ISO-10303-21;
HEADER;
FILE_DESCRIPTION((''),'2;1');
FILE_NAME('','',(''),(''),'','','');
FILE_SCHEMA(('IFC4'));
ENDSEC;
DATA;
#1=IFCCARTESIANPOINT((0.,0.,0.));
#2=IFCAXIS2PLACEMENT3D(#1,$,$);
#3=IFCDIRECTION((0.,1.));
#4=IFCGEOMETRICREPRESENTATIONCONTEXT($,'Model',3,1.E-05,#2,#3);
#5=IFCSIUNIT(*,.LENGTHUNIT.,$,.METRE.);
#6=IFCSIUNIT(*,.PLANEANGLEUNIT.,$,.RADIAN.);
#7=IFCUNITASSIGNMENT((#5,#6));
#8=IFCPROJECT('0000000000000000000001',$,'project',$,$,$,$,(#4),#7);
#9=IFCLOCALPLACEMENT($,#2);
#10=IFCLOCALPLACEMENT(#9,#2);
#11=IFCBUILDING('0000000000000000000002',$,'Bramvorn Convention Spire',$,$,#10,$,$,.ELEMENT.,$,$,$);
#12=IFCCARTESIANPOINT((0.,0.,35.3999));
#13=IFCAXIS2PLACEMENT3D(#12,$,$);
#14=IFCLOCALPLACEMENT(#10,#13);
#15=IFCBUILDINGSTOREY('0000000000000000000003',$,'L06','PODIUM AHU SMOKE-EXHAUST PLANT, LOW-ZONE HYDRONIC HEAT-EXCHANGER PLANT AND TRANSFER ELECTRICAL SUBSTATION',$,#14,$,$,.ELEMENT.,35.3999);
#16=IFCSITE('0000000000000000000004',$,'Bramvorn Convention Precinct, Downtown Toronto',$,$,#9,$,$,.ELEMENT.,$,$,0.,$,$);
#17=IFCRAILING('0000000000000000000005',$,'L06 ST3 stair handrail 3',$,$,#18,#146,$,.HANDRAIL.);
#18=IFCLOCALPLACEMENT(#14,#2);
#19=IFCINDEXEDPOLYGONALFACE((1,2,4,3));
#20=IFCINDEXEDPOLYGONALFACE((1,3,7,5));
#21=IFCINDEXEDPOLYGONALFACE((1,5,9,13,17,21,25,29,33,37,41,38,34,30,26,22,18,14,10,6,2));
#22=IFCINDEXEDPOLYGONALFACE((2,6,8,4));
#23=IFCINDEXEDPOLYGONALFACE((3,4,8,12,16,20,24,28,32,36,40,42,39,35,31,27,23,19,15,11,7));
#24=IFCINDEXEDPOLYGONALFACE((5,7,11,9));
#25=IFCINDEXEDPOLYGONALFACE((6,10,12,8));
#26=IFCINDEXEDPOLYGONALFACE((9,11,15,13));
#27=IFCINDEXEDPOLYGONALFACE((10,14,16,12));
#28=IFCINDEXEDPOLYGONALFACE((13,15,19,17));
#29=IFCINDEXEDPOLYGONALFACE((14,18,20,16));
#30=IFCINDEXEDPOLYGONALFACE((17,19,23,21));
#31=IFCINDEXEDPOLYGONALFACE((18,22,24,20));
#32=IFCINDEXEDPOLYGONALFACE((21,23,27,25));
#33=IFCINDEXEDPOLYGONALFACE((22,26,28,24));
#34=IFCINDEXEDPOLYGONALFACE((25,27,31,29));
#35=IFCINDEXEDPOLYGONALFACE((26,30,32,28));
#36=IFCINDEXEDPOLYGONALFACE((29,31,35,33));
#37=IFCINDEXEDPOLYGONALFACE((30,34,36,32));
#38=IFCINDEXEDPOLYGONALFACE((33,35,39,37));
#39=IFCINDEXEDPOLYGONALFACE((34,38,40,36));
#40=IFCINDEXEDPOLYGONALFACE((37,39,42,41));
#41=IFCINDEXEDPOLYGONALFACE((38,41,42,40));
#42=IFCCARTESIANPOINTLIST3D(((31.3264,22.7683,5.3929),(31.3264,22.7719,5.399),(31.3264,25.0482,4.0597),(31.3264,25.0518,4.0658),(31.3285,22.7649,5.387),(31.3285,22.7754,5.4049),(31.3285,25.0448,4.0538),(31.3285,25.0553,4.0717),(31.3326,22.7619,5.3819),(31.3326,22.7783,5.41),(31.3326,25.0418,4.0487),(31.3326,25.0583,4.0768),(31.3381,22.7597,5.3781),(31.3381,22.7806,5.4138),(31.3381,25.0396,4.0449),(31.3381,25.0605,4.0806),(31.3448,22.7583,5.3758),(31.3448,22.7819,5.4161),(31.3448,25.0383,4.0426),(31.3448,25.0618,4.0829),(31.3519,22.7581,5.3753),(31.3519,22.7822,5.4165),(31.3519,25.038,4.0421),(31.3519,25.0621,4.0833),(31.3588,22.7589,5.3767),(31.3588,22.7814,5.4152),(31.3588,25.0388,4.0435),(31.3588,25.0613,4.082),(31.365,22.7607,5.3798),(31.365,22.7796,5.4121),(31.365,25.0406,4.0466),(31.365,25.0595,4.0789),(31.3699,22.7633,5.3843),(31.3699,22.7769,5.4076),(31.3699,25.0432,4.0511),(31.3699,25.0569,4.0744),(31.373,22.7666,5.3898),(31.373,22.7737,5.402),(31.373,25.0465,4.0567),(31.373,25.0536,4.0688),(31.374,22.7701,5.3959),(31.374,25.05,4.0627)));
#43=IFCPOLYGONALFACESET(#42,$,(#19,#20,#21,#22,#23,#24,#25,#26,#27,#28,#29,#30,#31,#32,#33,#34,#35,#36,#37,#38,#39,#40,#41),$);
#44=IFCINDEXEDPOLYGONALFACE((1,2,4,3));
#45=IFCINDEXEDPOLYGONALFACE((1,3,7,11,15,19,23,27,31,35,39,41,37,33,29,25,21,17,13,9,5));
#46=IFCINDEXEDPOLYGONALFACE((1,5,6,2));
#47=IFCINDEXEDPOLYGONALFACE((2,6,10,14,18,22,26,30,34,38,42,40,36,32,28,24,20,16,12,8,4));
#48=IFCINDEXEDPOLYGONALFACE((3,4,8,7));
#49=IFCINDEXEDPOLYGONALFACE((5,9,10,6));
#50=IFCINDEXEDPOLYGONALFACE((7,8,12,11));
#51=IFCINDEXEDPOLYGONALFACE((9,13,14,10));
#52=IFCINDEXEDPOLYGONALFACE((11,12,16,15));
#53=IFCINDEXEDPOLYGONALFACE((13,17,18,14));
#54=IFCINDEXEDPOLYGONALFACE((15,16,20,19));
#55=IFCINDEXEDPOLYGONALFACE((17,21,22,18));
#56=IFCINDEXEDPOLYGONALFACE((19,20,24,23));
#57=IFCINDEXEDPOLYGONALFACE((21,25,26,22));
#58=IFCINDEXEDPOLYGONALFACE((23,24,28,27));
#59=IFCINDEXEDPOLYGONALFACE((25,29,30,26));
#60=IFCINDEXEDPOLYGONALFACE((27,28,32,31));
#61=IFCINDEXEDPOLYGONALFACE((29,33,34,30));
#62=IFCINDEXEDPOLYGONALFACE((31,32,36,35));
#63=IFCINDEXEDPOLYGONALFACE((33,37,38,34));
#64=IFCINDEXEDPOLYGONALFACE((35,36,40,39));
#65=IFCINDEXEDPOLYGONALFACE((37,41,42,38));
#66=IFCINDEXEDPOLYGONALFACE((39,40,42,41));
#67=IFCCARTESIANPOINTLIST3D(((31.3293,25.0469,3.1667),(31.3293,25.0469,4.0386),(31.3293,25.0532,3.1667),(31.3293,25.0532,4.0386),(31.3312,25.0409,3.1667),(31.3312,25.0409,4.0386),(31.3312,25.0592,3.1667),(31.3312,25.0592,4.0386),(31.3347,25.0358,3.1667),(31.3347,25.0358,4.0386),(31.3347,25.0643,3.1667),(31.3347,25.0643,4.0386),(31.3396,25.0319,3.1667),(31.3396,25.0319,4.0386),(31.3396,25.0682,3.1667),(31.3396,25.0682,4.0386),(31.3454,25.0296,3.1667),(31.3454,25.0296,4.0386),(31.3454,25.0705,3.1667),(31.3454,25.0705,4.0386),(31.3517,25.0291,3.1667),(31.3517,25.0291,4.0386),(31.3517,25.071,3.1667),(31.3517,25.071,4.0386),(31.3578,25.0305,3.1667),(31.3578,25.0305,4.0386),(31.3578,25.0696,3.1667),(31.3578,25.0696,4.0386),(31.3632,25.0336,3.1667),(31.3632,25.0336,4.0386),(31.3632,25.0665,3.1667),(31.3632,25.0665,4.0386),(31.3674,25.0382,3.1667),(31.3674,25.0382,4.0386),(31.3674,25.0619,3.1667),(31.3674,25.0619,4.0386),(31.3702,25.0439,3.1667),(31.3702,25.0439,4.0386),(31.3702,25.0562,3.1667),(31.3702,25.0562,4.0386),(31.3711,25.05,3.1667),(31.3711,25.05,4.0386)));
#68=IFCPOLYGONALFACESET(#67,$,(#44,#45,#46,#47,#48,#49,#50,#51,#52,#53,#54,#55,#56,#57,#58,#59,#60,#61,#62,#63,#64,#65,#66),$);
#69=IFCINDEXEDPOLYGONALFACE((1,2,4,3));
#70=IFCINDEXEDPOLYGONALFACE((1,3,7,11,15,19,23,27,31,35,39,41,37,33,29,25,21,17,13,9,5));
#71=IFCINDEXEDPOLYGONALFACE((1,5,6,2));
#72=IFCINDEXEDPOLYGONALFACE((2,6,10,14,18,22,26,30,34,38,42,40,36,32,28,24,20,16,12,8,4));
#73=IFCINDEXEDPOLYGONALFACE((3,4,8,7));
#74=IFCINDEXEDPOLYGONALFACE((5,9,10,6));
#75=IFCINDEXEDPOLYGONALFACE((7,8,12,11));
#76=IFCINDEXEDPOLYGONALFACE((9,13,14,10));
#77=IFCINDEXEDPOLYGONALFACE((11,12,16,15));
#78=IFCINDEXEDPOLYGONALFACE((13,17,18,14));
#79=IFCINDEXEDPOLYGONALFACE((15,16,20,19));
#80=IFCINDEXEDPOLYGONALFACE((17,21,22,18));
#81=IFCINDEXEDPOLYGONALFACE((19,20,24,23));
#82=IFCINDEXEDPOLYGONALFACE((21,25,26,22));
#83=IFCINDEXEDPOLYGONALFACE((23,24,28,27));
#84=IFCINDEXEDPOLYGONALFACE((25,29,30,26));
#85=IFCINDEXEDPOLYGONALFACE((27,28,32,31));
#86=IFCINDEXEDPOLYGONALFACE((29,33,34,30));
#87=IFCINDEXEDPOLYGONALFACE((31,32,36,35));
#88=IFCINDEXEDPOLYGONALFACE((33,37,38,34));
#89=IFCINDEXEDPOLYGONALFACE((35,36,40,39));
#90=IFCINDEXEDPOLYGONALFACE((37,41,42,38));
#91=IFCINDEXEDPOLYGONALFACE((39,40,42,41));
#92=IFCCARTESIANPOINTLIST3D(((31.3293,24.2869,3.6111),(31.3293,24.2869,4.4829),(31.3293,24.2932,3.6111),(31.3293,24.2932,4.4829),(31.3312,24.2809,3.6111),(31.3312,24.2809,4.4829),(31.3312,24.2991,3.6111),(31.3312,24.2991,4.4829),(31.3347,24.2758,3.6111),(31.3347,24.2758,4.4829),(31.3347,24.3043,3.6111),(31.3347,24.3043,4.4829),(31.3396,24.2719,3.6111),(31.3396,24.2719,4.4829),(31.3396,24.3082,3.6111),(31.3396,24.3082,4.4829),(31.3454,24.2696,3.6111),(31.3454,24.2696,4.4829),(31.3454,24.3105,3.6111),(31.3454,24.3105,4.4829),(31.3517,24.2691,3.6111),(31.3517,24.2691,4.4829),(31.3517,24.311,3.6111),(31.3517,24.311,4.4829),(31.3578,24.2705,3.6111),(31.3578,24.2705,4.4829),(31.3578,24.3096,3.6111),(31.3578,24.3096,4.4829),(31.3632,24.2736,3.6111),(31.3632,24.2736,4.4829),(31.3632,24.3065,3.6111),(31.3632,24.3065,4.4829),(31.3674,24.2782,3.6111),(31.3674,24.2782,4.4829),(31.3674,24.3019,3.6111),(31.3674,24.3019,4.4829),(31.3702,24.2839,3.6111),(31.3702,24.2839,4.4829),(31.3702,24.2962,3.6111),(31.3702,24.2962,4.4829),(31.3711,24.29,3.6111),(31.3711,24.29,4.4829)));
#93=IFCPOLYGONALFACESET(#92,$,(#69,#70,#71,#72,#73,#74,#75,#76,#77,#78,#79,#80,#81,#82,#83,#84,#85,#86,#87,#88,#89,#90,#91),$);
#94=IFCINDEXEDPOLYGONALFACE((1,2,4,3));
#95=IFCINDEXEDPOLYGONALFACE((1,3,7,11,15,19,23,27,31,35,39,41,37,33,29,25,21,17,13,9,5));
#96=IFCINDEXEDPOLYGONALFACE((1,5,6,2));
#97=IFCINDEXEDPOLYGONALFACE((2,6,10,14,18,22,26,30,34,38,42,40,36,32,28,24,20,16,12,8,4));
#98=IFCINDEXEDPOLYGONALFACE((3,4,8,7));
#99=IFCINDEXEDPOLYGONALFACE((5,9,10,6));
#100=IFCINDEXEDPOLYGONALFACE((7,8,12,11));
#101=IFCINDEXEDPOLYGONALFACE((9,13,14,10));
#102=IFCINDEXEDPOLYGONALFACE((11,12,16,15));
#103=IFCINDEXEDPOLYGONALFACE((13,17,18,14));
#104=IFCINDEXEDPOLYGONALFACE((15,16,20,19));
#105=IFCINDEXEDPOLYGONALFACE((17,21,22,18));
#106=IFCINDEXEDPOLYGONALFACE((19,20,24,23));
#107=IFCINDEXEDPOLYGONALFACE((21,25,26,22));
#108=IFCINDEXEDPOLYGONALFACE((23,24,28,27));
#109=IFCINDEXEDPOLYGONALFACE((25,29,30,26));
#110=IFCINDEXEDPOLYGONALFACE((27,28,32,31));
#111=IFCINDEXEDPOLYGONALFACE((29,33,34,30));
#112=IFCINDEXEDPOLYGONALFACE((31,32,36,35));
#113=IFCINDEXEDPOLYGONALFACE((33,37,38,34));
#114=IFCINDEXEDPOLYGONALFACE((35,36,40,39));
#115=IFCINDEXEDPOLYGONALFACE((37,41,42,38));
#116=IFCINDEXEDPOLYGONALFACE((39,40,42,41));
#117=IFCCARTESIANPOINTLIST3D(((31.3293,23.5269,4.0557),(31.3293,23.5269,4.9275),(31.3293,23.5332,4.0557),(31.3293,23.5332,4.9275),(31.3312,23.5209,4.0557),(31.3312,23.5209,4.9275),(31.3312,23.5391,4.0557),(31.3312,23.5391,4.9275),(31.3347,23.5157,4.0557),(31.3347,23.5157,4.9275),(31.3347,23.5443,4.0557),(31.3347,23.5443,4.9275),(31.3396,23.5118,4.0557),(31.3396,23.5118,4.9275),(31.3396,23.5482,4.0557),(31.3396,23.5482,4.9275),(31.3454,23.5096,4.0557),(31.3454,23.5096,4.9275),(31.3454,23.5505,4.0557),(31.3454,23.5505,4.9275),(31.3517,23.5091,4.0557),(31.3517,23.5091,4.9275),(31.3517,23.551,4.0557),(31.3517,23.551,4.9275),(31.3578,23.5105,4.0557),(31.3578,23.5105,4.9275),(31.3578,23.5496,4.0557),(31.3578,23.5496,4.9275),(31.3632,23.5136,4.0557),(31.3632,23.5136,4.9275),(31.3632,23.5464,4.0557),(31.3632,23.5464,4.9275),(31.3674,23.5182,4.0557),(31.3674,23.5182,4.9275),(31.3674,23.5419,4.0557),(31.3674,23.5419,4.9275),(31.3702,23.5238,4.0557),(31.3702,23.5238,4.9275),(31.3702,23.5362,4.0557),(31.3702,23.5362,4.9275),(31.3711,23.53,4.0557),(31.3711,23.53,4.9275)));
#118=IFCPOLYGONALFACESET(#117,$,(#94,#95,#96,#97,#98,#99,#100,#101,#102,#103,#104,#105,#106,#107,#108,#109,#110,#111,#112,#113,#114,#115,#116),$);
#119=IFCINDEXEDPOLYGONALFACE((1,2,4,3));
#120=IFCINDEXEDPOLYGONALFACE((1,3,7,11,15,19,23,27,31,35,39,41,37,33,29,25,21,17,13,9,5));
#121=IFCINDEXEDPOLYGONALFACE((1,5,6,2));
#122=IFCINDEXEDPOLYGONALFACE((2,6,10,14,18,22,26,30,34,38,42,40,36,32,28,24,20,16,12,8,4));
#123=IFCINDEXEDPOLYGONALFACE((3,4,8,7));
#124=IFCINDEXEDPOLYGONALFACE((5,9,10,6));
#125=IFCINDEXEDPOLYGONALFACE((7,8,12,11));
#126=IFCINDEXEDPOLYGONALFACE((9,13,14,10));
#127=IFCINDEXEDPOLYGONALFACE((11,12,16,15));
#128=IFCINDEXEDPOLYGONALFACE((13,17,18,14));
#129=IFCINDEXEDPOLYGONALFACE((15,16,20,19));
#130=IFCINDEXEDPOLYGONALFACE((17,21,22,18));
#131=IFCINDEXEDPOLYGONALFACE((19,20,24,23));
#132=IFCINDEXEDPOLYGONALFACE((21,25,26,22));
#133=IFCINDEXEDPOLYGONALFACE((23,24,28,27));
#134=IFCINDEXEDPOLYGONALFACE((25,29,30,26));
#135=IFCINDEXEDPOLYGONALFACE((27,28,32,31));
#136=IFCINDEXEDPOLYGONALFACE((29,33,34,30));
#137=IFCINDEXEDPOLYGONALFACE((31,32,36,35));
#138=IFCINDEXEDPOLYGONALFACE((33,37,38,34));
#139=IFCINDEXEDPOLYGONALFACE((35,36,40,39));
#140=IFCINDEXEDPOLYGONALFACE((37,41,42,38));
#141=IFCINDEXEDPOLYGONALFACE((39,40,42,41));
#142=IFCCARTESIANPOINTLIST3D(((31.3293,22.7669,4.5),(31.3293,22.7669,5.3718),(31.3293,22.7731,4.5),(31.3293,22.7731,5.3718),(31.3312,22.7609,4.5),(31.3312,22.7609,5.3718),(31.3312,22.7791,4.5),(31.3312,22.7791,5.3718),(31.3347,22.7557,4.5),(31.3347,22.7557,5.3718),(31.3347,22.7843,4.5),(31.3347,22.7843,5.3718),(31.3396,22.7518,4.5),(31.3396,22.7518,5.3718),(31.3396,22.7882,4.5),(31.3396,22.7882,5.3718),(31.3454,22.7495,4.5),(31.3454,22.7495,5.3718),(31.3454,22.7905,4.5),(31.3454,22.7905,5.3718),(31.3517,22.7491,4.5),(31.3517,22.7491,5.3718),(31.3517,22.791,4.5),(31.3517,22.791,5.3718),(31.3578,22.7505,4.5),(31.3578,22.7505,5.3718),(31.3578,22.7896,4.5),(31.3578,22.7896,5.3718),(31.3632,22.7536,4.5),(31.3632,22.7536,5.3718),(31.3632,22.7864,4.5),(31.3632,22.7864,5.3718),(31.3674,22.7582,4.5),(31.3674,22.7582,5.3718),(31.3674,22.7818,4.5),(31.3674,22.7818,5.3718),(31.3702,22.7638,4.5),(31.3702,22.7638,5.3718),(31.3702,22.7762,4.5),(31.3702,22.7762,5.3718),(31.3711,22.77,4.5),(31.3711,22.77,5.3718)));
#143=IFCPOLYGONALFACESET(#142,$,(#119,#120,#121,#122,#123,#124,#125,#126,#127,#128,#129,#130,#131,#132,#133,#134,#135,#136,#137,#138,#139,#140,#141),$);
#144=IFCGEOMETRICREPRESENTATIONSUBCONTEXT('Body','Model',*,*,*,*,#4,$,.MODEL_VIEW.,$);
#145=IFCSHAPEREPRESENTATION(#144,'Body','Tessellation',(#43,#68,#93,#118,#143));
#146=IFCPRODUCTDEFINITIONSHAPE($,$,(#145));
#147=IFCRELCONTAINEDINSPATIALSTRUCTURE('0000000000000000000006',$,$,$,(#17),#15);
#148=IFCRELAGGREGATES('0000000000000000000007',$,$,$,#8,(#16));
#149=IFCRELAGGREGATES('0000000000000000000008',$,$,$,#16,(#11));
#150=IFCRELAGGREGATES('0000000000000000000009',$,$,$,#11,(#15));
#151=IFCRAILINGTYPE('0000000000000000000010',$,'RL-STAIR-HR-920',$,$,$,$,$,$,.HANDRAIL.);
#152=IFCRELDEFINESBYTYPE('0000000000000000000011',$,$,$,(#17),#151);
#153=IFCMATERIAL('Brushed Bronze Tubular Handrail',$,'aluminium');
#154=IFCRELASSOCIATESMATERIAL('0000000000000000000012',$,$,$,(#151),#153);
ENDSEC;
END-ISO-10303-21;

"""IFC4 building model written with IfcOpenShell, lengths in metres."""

from ifc_helpers import new_model, si_unit, direction, frame, origin, origin_2d, place, context, subcontext, project, spatial, circle, extrude, material, type_object, element, save


model = new_model("IFC4")

# Units and contexts
model_context = context("Model", 3, precision=1e-05, world=origin(), true_north=direction((0.0, 1.0)))
body_context = subcontext(model_context, "Body", "Model", "MODEL_VIEW")
ifc_project = project(units=[si_unit("LENGTHUNIT", "METRE"), si_unit("PLANEANGLEUNIT", "RADIAN")], contexts=[model_context])

# Site, building, storey
site_placement = place(None, origin())
site = spatial("IfcSite", under=ifc_project, at=site_placement, Name="Bramvorn Convention Precinct, Downtown Toronto", CompositionType="ELEMENT", RefElevation=0.0)
building_placement = place(site_placement, origin())
building = spatial("IfcBuilding", under=site, at=building_placement, Name="Bramvorn Convention Spire", CompositionType="ELEMENT")
storey_placement = place(building_placement, frame((0.0, 0.0, 35.3999)))
storey = spatial("IfcBuildingStorey", under=building, at=storey_placement, Name="L06", Description="PODIUM AHU SMOKE-EXHAUST PLANT, LOW-ZONE HYDRONIC HEAT-EXCHANGER PLANT AND TRANSFER ELECTRICAL SUBSTATION", CompositionType="ELEMENT", Elevation=35.3999)

# Railing
ifc_material_1 = material(Name="Brushed Bronze Tubular Handrail", Category="aluminium")
railing_type_1 = type_object("IfcRailingType", Name="RL-STAIR-HR-920", PredefinedType="HANDRAIL", material=ifc_material_1)
for number, where, name in (
    (1, (31.3501, 25.05, 3.1667), "L06 ST3 stair handrail 3"),
):
    element("IfcRailing", number, at=place(storey_placement, frame(where)), inside=storey, type_object=railing_type_1, Name=name, PredefinedType="HANDRAIL", context=body_context, shape_type="SweptSolid", body=[
        extrude(circle(Radius=0.0239, at=origin_2d()), frame((0.0, 0.0, 0.896), z_axis=(0.0, -0.863245, 0.504785), x_axis=(1.0, 0.0, 0.0)), (0.0, 0.0, 1.0), 2.6411),
        extrude(circle(Radius=0.021, at=origin_2d()), origin(), (0.0, 0.0, 1.0), 0.8718),
        extrude(circle(Radius=0.021, at=origin_2d()), frame((0.0, -0.76, 0.4443)), (0.0, 0.0, 1.0), 0.8718),
        extrude(circle(Radius=0.021, at=origin_2d()), frame((0.0, -1.52, 0.8889)), (0.0, 0.0, 1.0), 0.8718),
        extrude(circle(Radius=0.021, at=origin_2d()), frame((0.0, -2.28, 1.3333)), (0.0, 0.0, 1.0), 0.8718),
    ])

save(model, "model.ifc")
